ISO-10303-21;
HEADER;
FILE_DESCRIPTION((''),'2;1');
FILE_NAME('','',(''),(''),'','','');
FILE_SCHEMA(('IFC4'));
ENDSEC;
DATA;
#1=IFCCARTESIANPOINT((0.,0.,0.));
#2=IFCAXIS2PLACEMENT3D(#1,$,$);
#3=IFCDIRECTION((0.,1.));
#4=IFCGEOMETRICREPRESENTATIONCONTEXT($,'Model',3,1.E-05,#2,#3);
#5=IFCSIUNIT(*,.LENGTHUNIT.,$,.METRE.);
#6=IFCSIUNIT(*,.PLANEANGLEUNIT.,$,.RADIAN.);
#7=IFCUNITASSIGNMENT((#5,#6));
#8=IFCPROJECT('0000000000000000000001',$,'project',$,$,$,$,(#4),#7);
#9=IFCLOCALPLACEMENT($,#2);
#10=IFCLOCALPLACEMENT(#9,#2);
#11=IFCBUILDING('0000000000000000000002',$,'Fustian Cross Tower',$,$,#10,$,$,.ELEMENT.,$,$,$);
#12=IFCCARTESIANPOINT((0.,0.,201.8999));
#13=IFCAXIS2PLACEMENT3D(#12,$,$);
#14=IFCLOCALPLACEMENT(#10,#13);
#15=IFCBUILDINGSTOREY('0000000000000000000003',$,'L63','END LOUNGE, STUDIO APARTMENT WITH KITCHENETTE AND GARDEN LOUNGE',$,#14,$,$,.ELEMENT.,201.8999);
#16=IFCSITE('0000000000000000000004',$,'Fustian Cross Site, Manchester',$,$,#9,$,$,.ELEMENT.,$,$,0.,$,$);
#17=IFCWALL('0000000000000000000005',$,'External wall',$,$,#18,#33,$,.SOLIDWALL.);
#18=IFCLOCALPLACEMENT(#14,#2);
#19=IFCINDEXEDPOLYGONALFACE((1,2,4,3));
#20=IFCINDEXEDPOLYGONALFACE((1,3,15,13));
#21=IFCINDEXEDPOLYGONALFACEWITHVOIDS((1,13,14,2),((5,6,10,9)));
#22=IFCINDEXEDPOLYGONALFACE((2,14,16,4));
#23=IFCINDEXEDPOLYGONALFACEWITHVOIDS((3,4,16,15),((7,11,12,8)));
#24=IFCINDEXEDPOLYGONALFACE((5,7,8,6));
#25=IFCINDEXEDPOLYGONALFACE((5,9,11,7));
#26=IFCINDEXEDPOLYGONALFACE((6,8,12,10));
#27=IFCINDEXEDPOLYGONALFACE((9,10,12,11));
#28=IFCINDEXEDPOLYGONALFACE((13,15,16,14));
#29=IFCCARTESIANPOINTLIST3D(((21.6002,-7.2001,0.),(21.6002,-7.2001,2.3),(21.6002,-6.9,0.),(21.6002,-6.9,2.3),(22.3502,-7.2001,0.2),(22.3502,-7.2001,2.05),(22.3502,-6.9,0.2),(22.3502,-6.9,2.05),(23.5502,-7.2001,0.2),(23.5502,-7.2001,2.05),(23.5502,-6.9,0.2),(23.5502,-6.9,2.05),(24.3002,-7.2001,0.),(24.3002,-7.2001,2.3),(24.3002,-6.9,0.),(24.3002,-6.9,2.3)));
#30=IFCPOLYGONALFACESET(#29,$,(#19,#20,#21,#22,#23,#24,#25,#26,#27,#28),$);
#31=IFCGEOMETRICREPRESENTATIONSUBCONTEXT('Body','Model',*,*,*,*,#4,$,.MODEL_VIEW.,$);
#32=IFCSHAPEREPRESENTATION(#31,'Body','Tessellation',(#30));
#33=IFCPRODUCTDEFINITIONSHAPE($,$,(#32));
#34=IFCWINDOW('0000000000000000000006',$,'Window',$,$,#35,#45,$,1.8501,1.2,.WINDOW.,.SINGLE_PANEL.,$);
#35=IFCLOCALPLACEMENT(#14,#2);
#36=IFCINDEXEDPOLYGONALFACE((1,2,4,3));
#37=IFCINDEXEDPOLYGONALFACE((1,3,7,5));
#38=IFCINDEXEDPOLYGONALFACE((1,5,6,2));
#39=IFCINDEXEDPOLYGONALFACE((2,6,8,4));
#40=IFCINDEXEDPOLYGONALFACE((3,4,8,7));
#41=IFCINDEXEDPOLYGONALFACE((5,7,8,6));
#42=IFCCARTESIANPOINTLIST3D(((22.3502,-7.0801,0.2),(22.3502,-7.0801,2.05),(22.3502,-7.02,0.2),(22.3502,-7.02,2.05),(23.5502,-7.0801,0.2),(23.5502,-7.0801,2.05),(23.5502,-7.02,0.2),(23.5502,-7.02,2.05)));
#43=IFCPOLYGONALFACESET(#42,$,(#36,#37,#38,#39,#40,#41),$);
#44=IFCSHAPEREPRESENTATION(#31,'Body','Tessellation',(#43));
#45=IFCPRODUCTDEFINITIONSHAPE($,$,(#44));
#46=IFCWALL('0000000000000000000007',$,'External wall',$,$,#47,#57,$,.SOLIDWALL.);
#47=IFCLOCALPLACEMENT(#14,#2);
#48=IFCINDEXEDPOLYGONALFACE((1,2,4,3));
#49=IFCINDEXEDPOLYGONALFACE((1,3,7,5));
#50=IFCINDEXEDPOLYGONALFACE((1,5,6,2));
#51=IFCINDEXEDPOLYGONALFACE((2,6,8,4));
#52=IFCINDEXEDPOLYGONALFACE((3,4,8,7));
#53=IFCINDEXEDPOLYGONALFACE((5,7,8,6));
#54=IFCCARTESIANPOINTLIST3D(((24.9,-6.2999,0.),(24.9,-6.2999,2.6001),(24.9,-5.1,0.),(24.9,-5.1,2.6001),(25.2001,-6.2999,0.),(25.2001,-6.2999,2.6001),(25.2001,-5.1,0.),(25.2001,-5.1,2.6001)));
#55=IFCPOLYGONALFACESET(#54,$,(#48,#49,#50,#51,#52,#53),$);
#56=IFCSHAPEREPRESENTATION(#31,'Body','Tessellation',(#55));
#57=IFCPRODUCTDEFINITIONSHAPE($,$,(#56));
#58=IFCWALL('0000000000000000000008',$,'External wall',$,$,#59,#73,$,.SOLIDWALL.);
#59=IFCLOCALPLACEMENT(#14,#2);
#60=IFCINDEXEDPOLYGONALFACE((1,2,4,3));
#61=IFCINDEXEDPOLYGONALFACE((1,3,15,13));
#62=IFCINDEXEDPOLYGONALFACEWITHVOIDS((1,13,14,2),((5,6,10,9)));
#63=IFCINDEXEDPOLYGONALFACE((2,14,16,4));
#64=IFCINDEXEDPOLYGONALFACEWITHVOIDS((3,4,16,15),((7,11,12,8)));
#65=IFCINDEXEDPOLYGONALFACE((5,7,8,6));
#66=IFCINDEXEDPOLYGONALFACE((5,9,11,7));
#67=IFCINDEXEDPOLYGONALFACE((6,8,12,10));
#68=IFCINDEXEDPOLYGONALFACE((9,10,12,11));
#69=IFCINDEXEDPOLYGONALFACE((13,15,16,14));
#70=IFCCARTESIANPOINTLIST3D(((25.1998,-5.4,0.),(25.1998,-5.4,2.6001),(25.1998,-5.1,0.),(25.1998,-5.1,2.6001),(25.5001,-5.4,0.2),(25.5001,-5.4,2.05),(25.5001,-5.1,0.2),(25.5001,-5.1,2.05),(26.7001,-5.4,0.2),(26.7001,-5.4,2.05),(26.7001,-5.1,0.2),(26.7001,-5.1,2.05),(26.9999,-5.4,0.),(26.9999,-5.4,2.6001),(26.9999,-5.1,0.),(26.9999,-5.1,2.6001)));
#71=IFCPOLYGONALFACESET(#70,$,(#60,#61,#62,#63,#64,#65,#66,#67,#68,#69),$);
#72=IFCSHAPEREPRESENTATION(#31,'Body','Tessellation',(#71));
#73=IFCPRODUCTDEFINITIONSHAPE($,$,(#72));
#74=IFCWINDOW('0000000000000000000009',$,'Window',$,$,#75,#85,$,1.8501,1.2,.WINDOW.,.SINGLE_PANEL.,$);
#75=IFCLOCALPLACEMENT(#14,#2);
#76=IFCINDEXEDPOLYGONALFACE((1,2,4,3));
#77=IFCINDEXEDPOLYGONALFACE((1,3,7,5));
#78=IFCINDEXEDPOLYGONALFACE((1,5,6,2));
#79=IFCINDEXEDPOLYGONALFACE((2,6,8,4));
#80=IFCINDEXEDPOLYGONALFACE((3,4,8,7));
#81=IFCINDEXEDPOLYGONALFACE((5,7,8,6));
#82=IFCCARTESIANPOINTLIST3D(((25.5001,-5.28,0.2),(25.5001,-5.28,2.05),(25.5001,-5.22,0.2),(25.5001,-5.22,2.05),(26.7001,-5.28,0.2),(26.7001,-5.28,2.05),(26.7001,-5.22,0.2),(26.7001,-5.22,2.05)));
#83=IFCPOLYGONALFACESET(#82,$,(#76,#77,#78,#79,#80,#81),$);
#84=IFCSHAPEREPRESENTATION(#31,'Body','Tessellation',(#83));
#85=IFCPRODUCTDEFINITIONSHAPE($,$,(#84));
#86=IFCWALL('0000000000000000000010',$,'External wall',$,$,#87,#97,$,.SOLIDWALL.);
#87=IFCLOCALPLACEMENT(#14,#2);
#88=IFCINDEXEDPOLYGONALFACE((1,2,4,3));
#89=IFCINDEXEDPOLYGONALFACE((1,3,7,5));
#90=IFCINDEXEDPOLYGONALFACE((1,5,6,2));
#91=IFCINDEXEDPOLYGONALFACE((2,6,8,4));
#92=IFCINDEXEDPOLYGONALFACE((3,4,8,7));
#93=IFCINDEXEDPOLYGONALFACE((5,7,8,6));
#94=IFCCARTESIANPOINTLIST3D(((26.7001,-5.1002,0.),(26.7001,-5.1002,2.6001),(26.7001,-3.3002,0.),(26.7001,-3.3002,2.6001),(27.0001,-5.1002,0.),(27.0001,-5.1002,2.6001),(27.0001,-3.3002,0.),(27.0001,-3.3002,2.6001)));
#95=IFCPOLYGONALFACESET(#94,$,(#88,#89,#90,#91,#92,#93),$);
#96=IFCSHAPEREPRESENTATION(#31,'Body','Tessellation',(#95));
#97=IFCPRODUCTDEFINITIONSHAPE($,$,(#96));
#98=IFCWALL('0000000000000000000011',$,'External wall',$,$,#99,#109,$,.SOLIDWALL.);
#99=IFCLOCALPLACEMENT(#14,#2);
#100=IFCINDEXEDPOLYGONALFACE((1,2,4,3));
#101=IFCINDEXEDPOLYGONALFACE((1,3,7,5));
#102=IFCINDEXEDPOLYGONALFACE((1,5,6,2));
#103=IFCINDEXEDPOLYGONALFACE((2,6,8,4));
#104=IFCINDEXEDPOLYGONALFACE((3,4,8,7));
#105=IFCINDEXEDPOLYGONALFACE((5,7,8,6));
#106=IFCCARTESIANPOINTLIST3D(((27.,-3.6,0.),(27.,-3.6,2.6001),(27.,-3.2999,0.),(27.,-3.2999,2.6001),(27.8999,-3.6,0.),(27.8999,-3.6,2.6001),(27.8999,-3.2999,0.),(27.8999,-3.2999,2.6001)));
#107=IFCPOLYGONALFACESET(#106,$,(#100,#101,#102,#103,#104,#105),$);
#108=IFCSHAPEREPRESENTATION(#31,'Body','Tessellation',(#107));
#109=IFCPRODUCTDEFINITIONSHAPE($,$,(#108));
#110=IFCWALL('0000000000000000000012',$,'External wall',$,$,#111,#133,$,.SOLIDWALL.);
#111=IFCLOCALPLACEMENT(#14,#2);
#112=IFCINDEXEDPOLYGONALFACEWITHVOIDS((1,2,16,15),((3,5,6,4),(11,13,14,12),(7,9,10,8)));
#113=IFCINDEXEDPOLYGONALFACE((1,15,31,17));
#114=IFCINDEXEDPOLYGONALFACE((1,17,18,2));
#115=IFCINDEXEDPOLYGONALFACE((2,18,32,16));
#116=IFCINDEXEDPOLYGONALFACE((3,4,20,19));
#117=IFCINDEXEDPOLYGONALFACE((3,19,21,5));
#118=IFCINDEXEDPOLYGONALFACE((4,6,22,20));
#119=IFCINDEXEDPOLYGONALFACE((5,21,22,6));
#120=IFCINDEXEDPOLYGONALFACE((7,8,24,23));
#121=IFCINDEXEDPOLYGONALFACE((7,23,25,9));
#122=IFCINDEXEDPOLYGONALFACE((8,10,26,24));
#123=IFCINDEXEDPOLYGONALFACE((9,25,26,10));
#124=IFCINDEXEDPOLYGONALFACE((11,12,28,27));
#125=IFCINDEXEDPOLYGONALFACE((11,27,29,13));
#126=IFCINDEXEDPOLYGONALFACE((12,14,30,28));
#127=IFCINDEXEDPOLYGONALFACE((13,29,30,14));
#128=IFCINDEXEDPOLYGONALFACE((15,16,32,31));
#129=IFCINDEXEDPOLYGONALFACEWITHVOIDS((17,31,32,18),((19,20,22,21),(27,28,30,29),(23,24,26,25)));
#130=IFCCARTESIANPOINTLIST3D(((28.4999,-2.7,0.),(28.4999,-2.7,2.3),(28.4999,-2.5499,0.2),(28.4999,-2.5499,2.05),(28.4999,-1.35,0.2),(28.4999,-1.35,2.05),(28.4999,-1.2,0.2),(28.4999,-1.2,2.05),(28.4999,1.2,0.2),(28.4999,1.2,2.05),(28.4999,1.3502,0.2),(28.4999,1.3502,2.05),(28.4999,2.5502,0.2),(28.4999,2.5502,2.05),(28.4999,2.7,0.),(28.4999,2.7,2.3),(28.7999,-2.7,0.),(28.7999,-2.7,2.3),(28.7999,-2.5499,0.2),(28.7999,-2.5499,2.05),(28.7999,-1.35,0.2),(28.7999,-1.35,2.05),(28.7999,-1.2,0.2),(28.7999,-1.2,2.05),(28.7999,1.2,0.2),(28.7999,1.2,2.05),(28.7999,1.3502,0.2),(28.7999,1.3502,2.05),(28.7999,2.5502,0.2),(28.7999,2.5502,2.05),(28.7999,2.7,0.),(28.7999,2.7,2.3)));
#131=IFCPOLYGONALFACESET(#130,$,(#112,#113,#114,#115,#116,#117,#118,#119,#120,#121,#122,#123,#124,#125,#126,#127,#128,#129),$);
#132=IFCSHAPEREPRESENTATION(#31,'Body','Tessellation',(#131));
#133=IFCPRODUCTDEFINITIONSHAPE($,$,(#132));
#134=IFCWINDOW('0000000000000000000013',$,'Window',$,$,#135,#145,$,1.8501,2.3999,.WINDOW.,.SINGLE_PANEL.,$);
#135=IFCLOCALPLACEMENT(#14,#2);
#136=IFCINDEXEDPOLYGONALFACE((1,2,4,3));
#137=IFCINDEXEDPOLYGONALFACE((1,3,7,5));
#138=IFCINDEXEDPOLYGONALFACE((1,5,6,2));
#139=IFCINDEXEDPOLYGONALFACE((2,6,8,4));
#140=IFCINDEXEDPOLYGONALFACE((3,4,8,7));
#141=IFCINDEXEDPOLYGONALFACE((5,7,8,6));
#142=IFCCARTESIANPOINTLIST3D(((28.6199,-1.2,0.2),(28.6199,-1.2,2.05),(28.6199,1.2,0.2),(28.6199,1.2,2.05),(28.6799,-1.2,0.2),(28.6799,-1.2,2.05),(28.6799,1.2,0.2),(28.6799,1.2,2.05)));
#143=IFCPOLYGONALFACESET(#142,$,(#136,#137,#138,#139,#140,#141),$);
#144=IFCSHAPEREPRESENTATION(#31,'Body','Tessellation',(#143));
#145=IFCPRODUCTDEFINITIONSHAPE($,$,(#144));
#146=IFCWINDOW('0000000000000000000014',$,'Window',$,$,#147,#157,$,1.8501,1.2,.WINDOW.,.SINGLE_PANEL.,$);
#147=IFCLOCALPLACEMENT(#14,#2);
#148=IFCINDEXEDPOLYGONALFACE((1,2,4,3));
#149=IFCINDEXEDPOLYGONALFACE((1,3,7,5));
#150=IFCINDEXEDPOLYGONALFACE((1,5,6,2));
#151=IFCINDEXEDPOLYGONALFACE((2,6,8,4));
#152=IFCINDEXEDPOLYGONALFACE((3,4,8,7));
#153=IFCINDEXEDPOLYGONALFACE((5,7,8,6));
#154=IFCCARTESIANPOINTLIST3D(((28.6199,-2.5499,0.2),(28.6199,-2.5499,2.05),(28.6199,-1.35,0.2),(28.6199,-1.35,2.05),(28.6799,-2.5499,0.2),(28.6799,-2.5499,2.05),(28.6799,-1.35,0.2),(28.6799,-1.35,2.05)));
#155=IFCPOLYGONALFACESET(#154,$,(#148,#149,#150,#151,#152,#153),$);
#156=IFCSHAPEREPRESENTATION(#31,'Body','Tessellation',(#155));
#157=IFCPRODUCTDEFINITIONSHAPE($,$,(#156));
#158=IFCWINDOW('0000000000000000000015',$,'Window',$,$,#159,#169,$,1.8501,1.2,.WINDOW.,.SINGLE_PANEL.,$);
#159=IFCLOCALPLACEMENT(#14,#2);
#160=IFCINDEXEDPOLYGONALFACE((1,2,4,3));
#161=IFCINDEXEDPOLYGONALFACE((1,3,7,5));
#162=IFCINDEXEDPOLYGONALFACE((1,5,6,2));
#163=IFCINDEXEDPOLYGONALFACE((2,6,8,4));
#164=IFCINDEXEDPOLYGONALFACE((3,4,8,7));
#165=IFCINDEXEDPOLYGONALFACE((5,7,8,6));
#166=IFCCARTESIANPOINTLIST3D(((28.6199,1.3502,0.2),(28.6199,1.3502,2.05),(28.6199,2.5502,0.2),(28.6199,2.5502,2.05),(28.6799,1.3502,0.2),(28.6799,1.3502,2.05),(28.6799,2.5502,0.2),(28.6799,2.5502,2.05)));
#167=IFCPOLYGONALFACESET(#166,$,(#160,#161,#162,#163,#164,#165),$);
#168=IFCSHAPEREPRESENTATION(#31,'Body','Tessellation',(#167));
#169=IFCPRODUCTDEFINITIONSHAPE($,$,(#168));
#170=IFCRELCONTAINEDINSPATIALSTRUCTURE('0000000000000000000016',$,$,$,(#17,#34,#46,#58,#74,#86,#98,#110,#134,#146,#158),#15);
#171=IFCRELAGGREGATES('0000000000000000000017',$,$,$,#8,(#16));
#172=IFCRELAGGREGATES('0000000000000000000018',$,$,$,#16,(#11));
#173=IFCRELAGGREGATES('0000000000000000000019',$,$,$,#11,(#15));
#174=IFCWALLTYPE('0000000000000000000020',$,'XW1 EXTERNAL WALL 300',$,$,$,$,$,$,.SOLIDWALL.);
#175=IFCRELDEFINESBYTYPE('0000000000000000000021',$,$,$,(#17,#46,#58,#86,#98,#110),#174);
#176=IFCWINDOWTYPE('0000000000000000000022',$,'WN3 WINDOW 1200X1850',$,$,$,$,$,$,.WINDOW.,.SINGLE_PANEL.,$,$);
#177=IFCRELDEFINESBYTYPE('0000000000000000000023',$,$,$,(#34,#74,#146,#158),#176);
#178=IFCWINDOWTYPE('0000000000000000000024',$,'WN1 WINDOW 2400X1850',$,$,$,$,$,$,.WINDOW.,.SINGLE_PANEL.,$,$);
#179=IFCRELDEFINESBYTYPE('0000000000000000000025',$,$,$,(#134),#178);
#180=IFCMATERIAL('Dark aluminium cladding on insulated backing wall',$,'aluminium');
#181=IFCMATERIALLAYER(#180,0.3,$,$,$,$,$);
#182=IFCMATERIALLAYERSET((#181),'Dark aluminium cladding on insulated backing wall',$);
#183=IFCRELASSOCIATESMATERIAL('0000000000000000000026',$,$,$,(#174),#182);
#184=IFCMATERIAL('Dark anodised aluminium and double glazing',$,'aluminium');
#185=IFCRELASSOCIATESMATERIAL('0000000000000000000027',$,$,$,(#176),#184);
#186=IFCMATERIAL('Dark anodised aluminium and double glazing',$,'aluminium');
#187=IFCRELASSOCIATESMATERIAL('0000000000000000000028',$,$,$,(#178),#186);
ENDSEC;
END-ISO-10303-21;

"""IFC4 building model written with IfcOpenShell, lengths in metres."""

from ifc_helpers import new_model, si_unit, direction, frame, frame_2d, origin, place, context, subcontext, project, spatial, rectangle, extrude, material, layer, layer_set, type_object, element, fill, save


model = new_model("IFC4")

# Units and contexts
model_context = context("Model", 3, precision=1e-05, world=origin(), true_north=direction((0.0, 1.0)))
body_context = subcontext(model_context, "Body", "Model", "MODEL_VIEW")
ifc_project = project(units=[si_unit("LENGTHUNIT", "METRE"), si_unit("PLANEANGLEUNIT", "RADIAN")], contexts=[model_context])

# Site, building, storey
site_placement = place(None, origin())
site = spatial("IfcSite", under=ifc_project, at=site_placement, Name="Fustian Cross Site, Manchester", CompositionType="ELEMENT", RefElevation=0.0)
building_placement = place(site_placement, origin())
building = spatial("IfcBuilding", under=site, at=building_placement, Name="Fustian Cross Tower", CompositionType="ELEMENT")
storey_placement = place(building_placement, frame((0.0, 0.0, 201.8999)))
storey = spatial("IfcBuildingStorey", under=building, at=storey_placement, Name="L63", Description="END LOUNGE, STUDIO APARTMENT WITH KITCHENETTE AND GARDEN LOUNGE", CompositionType="ELEMENT", Elevation=201.8999)

# Wall, opening, window
ifc_material_1 = material(Name="Dark aluminium cladding on insulated backing wall", Category="aluminium")
ifc_layer_1 = layer(ifc_material_1, 0.3)
ifc_layer_set_1 = layer_set([ifc_layer_1], Name="Dark aluminium cladding on insulated backing wall")
wall_type_1 = type_object("IfcWallType", Name="XW1 EXTERNAL WALL 300", PredefinedType="SOLIDWALL", material=ifc_layer_set_1)
wall_1_placement = place(storey_placement, frame((21.6001, -7.05, 0.0), z_axis=(0.0, 0.0, 1.0), x_axis=(1.0, 0.0, 0.0)))
wall_1 = element("IfcWall", 1, at=wall_1_placement, inside=storey, type_object=wall_type_1, Name="External wall", PredefinedType="SOLIDWALL", context=body_context, shape_type="SweptSolid", body=[
    extrude(rectangle(XDim=2.7, YDim=0.3, at=frame_2d((1.3501, 0.0))), origin(), (0.0, 0.0, 1.0), 2.3),
])
opening_1_placement = place(wall_1_placement, frame((0.75, 0.0, 0.2)))
opening_1 = element("IfcOpeningElement", 2, at=opening_1_placement, cuts=wall_1, PredefinedType="OPENING", context=body_context, shape_type="SweptSolid", body=[
    extrude(rectangle(XDim=1.2, YDim=1.8501, at=frame_2d((0.6001, 0.925))), frame((0.0, 0.1599, 0.0), z_axis=(0.0, -1.0, 0.0), x_axis=(1.0, 0.0, 0.0)), (0.0, 0.0, 1.0), 0.3201),
])
ifc_material_2 = material(Name="Dark anodised aluminium and double glazing", Category="aluminium")
window_type_1 = type_object("IfcWindowType", Name="WN3 WINDOW 1200X1850", PartitioningType="SINGLE_PANEL", PredefinedType="WINDOW", material=ifc_material_2)
window_1_placement = place(opening_1_placement, origin())
window_1 = element("IfcWindow", 3, at=window_1_placement, inside=storey, type_object=window_type_1, Name="Window", OverallHeight=1.8501, OverallWidth=1.2, PartitioningType="SINGLE_PANEL", PredefinedType="WINDOW", context=body_context, shape_type="SweptSolid", body=[
    extrude(rectangle(XDim=1.2, YDim=1.8501, at=frame_2d((0.6001, 0.925))), frame((0.0, 0.03, 0.0), z_axis=(0.0, -1.0, 0.0), x_axis=(1.0, 0.0, 0.0)), (0.0, 0.0, 1.0), 0.0601),
])
fill(opening_1, window_1)

# Wall
wall_2_placement = place(storey_placement, frame((25.05, -6.3, 0.0), z_axis=(0.0, 0.0, 1.0), x_axis=(0.0, 1.0, 0.0)))
element("IfcWall", 4, at=wall_2_placement, inside=storey, type_object=wall_type_1, Name="External wall", PredefinedType="SOLIDWALL", context=body_context, shape_type="SweptSolid", body=[
    extrude(rectangle(XDim=1.2, YDim=0.3, at=frame_2d((0.6001, 0.0))), origin(), (0.0, 0.0, 1.0), 2.6001),
])

# Wall, opening, window
wall_3_placement = place(storey_placement, frame((25.2, -5.25, 0.0), z_axis=(0.0, 0.0, 1.0), x_axis=(1.0, 0.0, 0.0)))
wall_3 = element("IfcWall", 5, at=wall_3_placement, inside=storey, type_object=wall_type_1, Name="External wall", PredefinedType="SOLIDWALL", context=body_context, shape_type="SweptSolid", body=[
    extrude(rectangle(XDim=1.8, YDim=0.3, at=frame_2d((0.8999, 0.0))), origin(), (0.0, 0.0, 1.0), 2.6001),
])
opening_2_placement = place(wall_3_placement, frame((0.3, 0.0, 0.2)))
opening_2 = element("IfcOpeningElement", 6, at=opening_2_placement, cuts=wall_3, PredefinedType="OPENING", context=body_context, shape_type="SweptSolid", body=[
    extrude(rectangle(XDim=1.2, YDim=1.8501, at=frame_2d((0.6001, 0.925))), frame((0.0, 0.1599, 0.0), z_axis=(0.0, -1.0, 0.0), x_axis=(1.0, 0.0, 0.0)), (0.0, 0.0, 1.0), 0.3201),
])
window_2_placement = place(opening_2_placement, origin())
window_2 = element("IfcWindow", 7, at=window_2_placement, inside=storey, type_object=window_type_1, Name="Window", OverallHeight=1.8501, OverallWidth=1.2, PartitioningType="SINGLE_PANEL", PredefinedType="WINDOW", context=body_context, shape_type="SweptSolid", body=[
    extrude(rectangle(XDim=1.2, YDim=1.8501, at=frame_2d((0.6001, 0.925))), frame((0.0, 0.03, 0.0), z_axis=(0.0, -1.0, 0.0), x_axis=(1.0, 0.0, 0.0)), (0.0, 0.0, 1.0), 0.0601),
])
fill(opening_2, window_2)

# Walls
wall_4_placement = place(storey_placement, frame((26.8501, -5.1001, 0.0), z_axis=(0.0, 0.0, 1.0), x_axis=(0.0, 1.0, 0.0)))
element("IfcWall", 8, at=wall_4_placement, inside=storey, type_object=wall_type_1, Name="External wall", PredefinedType="SOLIDWALL", context=body_context, shape_type="SweptSolid", body=[
    extrude(rectangle(XDim=1.8, YDim=0.3, at=frame_2d((0.8999, 0.0))), origin(), (0.0, 0.0, 1.0), 2.6001),
])
wall_5_placement = place(storey_placement, frame((27.0, -3.45, 0.0), z_axis=(0.0, 0.0, 1.0), x_axis=(1.0, 0.0, 0.0)))
element("IfcWall", 9, at=wall_5_placement, inside=storey, type_object=wall_type_1, Name="External wall", PredefinedType="SOLIDWALL", context=body_context, shape_type="SweptSolid", body=[
    extrude(rectangle(XDim=0.8999, YDim=0.3, at=frame_2d((0.45, 0.0))), origin(), (0.0, 0.0, 1.0), 2.6001),
])

# Wall, openings, windows
wall_6_placement = place(storey_placement, frame((28.6499, -2.7, 0.0), z_axis=(0.0, 0.0, 1.0), x_axis=(0.0, 1.0, 0.0)))
wall_6 = element("IfcWall", 10, at=wall_6_placement, inside=storey, type_object=wall_type_1, Name="External wall", PredefinedType="SOLIDWALL", context=body_context, shape_type="SweptSolid", body=[
    extrude(rectangle(XDim=5.3999, YDim=0.3, at=frame_2d((2.7, 0.0))), origin(), (0.0, 0.0, 1.0), 2.3),
])
opening_3_placement = place(wall_6_placement, frame((1.5, 0.0, 0.2)))
opening_3 = element("IfcOpeningElement", 11, at=opening_3_placement, cuts=wall_6, PredefinedType="OPENING", context=body_context, shape_type="SweptSolid", body=[
    extrude(rectangle(XDim=2.3999, YDim=1.8501, at=frame_2d((1.2, 0.925))), frame((0.0, 0.1599, 0.0), z_axis=(0.0, -1.0, 0.0), x_axis=(1.0, 0.0, 0.0)), (0.0, 0.0, 1.0), 0.3201),
])
opening_4_placement = place(wall_6_placement, frame((0.1499, 0.0, 0.2)))
opening_4 = element("IfcOpeningElement", 12, at=opening_4_placement, cuts=wall_6, PredefinedType="OPENING", context=body_context, shape_type="SweptSolid", body=[
    extrude(rectangle(XDim=1.2, YDim=1.8501, at=frame_2d((0.6001, 0.925))), frame((0.0, 0.1599, 0.0), z_axis=(0.0, -1.0, 0.0), x_axis=(1.0, 0.0, 0.0)), (0.0, 0.0, 1.0), 0.3201),
])
opening_5_placement = place(wall_6_placement, frame((4.05, 0.0, 0.2)))
opening_5 = element("IfcOpeningElement", 13, at=opening_5_placement, cuts=wall_6, PredefinedType="OPENING", context=body_context, shape_type="SweptSolid", body=[
    extrude(rectangle(XDim=1.2, YDim=1.8501, at=frame_2d((0.6001, 0.925))), frame((0.0, 0.1599, 0.0), z_axis=(0.0, -1.0, 0.0), x_axis=(1.0, 0.0, 0.0)), (0.0, 0.0, 1.0), 0.3201),
])
ifc_material_3 = material(Name="Dark anodised aluminium and double glazing", Category="aluminium")
window_type_2 = type_object("IfcWindowType", Name="WN1 WINDOW 2400X1850", PartitioningType="SINGLE_PANEL", PredefinedType="WINDOW", material=ifc_material_3)
window_3_placement = place(opening_3_placement, origin())
window_3 = element("IfcWindow", 14, at=window_3_placement, inside=storey, type_object=window_type_2, Name="Window", OverallHeight=1.8501, OverallWidth=2.3999, PartitioningType="SINGLE_PANEL", PredefinedType="WINDOW", context=body_context, shape_type="SweptSolid", body=[
    extrude(rectangle(XDim=2.3999, YDim=1.8501, at=frame_2d((1.2, 0.925))), frame((0.0, 0.03, 0.0), z_axis=(0.0, -1.0, 0.0), x_axis=(1.0, 0.0, 0.0)), (0.0, 0.0, 1.0), 0.0601),
])
fill(opening_3, window_3)
window_4_placement = place(opening_4_placement, origin())
window_4 = element("IfcWindow", 15, at=window_4_placement, inside=storey, type_object=window_type_1, Name="Window", OverallHeight=1.8501, OverallWidth=1.2, PartitioningType="SINGLE_PANEL", PredefinedType="WINDOW", context=body_context, shape_type="SweptSolid", body=[
    extrude(rectangle(XDim=1.2, YDim=1.8501, at=frame_2d((0.6001, 0.925))), frame((0.0, 0.03, 0.0), z_axis=(0.0, -1.0, 0.0), x_axis=(1.0, 0.0, 0.0)), (0.0, 0.0, 1.0), 0.0601),
])
fill(opening_4, window_4)
window_5_placement = place(opening_5_placement, origin())
window_5 = element("IfcWindow", 16, at=window_5_placement, inside=storey, type_object=window_type_1, Name="Window", OverallHeight=1.8501, OverallWidth=1.2, PartitioningType="SINGLE_PANEL", PredefinedType="WINDOW", context=body_context, shape_type="SweptSolid", body=[
    extrude(rectangle(XDim=1.2, YDim=1.8501, at=frame_2d((0.6001, 0.925))), frame((0.0, 0.03, 0.0), z_axis=(0.0, -1.0, 0.0), x_axis=(1.0, 0.0, 0.0)), (0.0, 0.0, 1.0), 0.0601),
])
fill(opening_5, window_5)

save(model, "model.ifc")
